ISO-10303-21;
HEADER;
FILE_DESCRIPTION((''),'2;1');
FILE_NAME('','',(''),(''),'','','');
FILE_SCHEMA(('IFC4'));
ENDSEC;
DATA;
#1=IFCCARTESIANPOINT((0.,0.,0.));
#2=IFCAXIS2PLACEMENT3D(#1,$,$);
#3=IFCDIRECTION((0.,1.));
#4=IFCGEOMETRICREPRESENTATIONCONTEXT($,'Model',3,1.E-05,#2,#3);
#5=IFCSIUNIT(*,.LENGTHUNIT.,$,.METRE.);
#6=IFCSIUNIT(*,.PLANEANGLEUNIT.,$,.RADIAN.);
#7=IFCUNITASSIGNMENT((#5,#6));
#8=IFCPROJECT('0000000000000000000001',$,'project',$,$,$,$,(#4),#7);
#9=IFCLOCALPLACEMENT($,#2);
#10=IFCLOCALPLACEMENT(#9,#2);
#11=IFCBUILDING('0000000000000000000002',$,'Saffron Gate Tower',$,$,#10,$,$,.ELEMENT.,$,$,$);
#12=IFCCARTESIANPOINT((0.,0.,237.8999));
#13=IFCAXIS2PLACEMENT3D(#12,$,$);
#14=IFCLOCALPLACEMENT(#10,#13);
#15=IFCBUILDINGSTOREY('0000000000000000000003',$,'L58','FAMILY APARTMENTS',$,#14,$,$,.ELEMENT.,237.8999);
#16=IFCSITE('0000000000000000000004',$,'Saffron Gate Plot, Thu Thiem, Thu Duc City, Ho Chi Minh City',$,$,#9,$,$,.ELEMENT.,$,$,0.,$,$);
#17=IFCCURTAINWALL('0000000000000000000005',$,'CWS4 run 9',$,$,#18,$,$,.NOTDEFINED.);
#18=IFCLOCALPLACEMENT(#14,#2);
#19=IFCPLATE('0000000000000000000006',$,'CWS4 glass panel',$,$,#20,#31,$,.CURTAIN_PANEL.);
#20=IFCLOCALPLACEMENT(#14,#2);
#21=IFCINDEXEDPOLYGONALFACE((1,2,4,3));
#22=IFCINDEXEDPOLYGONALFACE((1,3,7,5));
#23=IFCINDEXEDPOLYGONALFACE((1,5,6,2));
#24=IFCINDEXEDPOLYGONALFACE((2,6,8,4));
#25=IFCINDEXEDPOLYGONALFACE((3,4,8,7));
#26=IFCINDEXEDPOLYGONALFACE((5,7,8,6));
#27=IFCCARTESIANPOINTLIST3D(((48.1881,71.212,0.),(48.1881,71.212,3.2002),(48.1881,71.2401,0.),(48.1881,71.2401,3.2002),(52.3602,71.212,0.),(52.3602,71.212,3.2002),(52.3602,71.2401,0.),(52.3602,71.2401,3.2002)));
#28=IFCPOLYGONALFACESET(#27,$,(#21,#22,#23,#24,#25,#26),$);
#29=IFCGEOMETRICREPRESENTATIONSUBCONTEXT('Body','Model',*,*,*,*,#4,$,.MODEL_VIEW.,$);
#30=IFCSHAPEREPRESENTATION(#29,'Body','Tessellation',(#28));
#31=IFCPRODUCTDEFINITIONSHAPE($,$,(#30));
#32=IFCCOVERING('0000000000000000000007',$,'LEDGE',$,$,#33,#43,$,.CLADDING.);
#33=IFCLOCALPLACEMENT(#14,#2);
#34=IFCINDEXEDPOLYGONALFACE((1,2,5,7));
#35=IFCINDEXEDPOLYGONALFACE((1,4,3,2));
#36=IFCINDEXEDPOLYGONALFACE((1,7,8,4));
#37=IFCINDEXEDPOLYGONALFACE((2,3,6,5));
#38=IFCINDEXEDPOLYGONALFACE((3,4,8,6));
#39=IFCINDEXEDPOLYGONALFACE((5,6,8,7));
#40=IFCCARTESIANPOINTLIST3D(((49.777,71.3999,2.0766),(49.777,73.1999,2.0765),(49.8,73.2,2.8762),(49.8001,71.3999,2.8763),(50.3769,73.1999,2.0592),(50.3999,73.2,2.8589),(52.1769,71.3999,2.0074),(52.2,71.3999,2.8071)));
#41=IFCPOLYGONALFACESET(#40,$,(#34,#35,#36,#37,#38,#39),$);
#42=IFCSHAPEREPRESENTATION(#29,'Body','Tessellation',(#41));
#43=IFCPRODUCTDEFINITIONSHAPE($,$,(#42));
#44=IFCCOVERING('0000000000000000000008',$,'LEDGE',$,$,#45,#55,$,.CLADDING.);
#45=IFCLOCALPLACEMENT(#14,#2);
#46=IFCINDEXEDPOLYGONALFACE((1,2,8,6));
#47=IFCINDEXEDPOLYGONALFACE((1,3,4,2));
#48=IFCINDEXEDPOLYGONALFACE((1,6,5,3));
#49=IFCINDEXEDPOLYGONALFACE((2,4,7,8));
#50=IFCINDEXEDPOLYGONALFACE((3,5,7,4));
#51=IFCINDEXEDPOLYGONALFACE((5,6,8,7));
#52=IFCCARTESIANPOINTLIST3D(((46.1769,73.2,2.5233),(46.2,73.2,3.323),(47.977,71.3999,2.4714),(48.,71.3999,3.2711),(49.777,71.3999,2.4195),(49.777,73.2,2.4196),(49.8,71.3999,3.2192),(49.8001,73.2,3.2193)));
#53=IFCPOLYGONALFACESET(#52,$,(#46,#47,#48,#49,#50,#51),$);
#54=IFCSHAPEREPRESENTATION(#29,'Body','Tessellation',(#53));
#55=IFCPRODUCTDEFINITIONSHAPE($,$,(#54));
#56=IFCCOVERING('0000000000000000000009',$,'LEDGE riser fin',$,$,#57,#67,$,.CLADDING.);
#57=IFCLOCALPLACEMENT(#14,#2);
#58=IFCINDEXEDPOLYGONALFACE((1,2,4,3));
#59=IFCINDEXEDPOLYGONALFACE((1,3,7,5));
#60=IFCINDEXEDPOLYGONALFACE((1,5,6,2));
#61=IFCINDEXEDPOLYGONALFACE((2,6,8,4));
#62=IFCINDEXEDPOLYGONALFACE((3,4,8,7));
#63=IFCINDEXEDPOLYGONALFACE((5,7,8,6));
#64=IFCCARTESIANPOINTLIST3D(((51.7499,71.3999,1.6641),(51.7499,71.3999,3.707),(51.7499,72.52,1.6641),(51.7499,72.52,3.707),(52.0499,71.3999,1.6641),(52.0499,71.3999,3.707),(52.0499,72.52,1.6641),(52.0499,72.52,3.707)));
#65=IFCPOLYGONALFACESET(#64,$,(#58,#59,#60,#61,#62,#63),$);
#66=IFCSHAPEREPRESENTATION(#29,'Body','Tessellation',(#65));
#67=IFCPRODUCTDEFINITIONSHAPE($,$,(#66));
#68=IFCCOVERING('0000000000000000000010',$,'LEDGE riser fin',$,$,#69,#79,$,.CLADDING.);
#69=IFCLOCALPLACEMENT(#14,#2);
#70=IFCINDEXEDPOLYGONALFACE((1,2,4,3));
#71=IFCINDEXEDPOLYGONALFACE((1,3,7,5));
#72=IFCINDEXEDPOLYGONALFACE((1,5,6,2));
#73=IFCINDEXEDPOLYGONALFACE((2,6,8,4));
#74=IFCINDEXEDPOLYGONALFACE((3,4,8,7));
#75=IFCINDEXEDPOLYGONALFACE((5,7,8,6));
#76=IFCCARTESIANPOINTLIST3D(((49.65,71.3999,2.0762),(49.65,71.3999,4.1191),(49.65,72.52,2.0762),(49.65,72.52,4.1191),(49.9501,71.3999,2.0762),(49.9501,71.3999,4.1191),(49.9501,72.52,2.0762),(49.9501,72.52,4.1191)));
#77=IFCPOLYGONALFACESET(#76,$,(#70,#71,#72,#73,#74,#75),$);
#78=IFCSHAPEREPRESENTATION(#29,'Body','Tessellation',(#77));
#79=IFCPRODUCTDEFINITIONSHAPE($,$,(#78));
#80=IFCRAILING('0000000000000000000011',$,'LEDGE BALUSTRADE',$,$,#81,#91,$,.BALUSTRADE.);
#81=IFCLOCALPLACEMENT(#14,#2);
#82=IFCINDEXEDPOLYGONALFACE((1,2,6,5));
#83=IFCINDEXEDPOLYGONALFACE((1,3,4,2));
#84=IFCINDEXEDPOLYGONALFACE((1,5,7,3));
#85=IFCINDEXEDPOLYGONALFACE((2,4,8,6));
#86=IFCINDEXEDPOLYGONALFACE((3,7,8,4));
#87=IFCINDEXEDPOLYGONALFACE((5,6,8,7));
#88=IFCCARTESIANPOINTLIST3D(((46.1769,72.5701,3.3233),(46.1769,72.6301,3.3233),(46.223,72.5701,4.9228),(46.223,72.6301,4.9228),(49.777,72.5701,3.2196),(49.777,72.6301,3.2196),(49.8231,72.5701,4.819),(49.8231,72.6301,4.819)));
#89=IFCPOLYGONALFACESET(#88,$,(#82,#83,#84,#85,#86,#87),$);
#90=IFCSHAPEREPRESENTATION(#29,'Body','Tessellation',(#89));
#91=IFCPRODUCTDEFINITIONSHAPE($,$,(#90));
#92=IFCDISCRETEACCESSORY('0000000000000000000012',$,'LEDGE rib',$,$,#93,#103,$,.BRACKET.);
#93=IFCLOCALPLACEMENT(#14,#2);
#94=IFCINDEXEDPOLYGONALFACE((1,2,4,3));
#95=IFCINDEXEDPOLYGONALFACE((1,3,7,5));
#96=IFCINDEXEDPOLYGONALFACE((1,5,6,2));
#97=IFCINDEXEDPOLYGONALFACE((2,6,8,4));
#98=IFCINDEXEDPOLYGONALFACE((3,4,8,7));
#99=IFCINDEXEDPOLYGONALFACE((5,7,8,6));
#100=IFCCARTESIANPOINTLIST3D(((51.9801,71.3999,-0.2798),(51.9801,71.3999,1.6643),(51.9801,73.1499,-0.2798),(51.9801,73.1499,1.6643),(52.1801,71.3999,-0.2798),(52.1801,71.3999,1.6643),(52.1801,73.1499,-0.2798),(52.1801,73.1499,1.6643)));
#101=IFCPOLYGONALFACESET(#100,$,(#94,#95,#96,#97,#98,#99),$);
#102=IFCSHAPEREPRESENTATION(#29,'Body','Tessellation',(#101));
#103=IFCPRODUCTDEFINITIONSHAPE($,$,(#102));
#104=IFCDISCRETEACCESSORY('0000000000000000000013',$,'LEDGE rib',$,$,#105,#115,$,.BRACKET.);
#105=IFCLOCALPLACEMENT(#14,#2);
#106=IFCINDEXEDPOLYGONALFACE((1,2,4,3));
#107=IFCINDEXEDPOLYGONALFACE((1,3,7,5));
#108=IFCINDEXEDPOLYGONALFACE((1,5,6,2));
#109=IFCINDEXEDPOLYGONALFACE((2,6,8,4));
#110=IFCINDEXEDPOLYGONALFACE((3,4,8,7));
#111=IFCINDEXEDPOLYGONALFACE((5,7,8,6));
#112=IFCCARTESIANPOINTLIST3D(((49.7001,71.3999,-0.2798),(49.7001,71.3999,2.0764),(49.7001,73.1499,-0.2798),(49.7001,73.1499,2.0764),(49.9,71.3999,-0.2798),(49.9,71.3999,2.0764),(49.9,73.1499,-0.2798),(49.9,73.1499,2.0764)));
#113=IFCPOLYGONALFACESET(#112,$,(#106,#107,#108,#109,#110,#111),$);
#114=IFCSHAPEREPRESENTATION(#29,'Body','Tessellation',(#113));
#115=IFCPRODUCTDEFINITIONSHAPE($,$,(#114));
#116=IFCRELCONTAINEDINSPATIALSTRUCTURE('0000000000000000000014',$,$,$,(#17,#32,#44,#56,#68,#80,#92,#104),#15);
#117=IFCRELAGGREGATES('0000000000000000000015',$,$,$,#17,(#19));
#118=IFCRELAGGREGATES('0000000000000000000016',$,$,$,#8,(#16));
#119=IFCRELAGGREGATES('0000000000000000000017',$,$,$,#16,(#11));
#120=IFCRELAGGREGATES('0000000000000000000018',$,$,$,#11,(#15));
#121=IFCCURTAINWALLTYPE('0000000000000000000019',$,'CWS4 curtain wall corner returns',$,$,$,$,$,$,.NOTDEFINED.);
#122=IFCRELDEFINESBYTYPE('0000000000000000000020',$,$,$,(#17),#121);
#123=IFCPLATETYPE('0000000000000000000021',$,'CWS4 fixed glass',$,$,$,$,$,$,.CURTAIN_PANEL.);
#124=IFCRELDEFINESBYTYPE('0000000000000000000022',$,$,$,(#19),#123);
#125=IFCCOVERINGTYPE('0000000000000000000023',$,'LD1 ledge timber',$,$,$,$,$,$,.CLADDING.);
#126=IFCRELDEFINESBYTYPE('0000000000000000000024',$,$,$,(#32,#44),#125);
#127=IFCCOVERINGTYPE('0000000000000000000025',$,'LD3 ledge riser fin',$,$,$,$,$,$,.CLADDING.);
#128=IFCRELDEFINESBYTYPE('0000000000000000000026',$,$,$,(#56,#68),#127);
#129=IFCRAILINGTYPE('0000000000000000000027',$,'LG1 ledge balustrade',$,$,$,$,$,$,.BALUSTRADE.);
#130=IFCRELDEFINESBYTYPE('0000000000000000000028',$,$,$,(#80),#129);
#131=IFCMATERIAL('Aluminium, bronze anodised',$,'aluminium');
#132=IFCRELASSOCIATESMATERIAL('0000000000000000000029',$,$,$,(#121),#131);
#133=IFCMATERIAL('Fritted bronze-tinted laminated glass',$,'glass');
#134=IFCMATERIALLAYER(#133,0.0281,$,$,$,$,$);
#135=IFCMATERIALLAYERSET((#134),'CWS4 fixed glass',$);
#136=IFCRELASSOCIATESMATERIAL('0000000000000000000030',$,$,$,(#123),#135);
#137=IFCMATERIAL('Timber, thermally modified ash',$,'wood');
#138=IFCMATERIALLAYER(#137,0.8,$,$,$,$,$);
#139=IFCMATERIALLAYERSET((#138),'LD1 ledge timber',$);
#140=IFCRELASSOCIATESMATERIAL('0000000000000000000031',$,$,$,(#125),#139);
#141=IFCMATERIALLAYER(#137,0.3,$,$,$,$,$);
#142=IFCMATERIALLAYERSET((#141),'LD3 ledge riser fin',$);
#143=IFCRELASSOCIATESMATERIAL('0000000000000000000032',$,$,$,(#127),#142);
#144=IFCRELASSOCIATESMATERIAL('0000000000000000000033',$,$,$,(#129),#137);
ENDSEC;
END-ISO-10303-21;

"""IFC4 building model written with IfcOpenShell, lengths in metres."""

from ifc_helpers import new_model, si_unit, direction, frame, frame_2d, origin, origin_2d, place, context, subcontext, project, spatial, polyline, rectangle, outline, extrude, material, layer, layer_set, type_object, element, aggregate, save


model = new_model("IFC4")

# Units and contexts
model_context = context("Model", 3, precision=1e-05, world=origin(), true_north=direction((0.0, 1.0)))
body_context = subcontext(model_context, "Body", "Model", "MODEL_VIEW")
ifc_project = project(units=[si_unit("LENGTHUNIT", "METRE"), si_unit("PLANEANGLEUNIT", "RADIAN")], contexts=[model_context])

# Site, building, storey
site_placement = place(None, origin())
site = spatial("IfcSite", under=ifc_project, at=site_placement, Name="Saffron Gate Plot, Thu Thiem, Thu Duc City, Ho Chi Minh City", CompositionType="ELEMENT", RefElevation=0.0)
building_placement = place(site_placement, origin())
building = spatial("IfcBuilding", under=site, at=building_placement, Name="Saffron Gate Tower", CompositionType="ELEMENT")
storey_placement = place(building_placement, frame((0.0, 0.0, 237.8999)))
storey = spatial("IfcBuildingStorey", under=building, at=storey_placement, Name="L58", Description="FAMILY APARTMENTS", CompositionType="ELEMENT", Elevation=237.8999)

# Shared definitions
ifc_material_1 = material(Name="Aluminium, bronze anodised", Category="aluminium")

# Curtain wall
curtain_wall_type_1 = type_object("IfcCurtainWallType", Name="CWS4 curtain wall corner returns", PredefinedType="NOTDEFINED", material=ifc_material_1)
curtain_wall_1_placement = place(storey_placement, origin())
curtain_wall_1 = element("IfcCurtainWall", 1, at=curtain_wall_1_placement, inside=storey, type_object=curtain_wall_type_1, Name="CWS4 run 9", PredefinedType="NOTDEFINED")

# Shared definitions
ifc_material_2 = material(Name="Fritted bronze-tinted laminated glass", Category="glass")

# Plate
ifc_layer_1 = layer(ifc_material_2, 0.0281)
ifc_layer_set_1 = layer_set([ifc_layer_1], Name="CWS4 fixed glass")
plate_type_1 = type_object("IfcPlateType", Name="CWS4 fixed glass", PredefinedType="CURTAIN_PANEL", material=ifc_layer_set_1)
plate_1_placement = place(storey_placement, frame((52.3601, 71.2261, 0.0), z_axis=(0.0, 0.0, 1.0), x_axis=(-1.0, 0.0, 0.0)))
plate_1 = element("IfcPlate", 2, at=plate_1_placement, type_object=plate_type_1, Name="CWS4 glass panel", PredefinedType="CURTAIN_PANEL", context=body_context, shape_type="SweptSolid", body=[
    extrude(rectangle(XDim=4.1721, YDim=0.0281, at=frame_2d((2.0859, 0.0))), origin(), (0.0, 0.0, 1.0), 3.2002),
])
aggregate(curtain_wall_1, [plate_1])

# Coverings
ifc_material_3 = material(Name="Timber, thermally modified ash", Category="wood")
ifc_layer_2 = layer(ifc_material_3, 0.8)
ifc_layer_set_2 = layer_set([ifc_layer_2], Name="LD1 ledge timber")
covering_type_1 = type_object("IfcCoveringType", Name="LD1 ledge timber", PredefinedType="CLADDING", material=ifc_layer_set_2)
covering_1_placement = place(storey_placement, frame((52.2, 71.3999, 2.8071), z_axis=(0.028799, 0.000029, 0.999585), x_axis=(-0.999585, 0.0, 0.028799)))
element("IfcCovering", 3, at=covering_1_placement, inside=storey, type_object=covering_type_1, Name="LEDGE", PredefinedType="CLADDING", context=body_context, shape_type="SweptSolid", body=[
    extrude(outline(polyline([(0.0, 0.0), (2.4009, 0.0), (2.4009, -1.8), (1.8008, -1.8), (0.0, 0.0)])), origin(), (0.0, 0.0, -1.0), 0.8),
])
covering_2_placement = place(storey_placement, frame((49.8, 71.3999, 3.2192), z_axis=(0.028787, -0.000045, 0.999586), x_axis=(-0.999586, 0.0, 0.028787)))
element("IfcCovering", 4, at=covering_2_placement, inside=storey, type_object=covering_type_1, Name="LEDGE", PredefinedType="CLADDING", context=body_context, shape_type="SweptSolid", body=[
    extrude(outline(polyline([(0.0, 0.0), (1.8008, 0.0), (3.6016, -1.8), (0.0, -1.8), (0.0, 0.0)])), origin(), (0.0, 0.0, -1.0), 0.8),
])
ifc_layer_3 = layer(ifc_material_3, 0.3)
ifc_layer_set_3 = layer_set([ifc_layer_3], Name="LD3 ledge riser fin")
covering_type_2 = type_object("IfcCoveringType", Name="LD3 ledge riser fin", PredefinedType="CLADDING", material=ifc_layer_set_3)
for number, where, z_axis, x_axis, name in (
    (5, (51.8999, 71.96, 1.6641), (0.0, 0.0, 1.0), (-1.0, 0.0, 0.0), "LEDGE riser fin"),
    (6, (49.8, 71.96, 2.0762), (0.0, 0.0, 1.0), (-1.0, 0.0, 0.0), "LEDGE riser fin"),
):
    element("IfcCovering", number, at=place(storey_placement, frame(where, z_axis=z_axis, x_axis=x_axis)), inside=storey, type_object=covering_type_2, Name=name, PredefinedType="CLADDING", context=body_context, shape_type="SweptSolid", body=[
        extrude(rectangle(XDim=0.3, YDim=1.1201, at=origin_2d()), origin(), (0.0, 0.0, 1.0), 2.043),
    ])

# Railing
railing_type = type_object("IfcRailingType", Name="LG1 ledge balustrade", PredefinedType="BALUSTRADE", material=ifc_material_3)
railing_placement = place(storey_placement, frame((49.8, 72.6001, 3.2192)))
element("IfcRailing", 7, at=railing_placement, inside=storey, type_object=railing_type, Name="LEDGE BALUSTRADE", PredefinedType="BALUSTRADE", context=body_context, shape_type="SweptSolid", body=[
    extrude(rectangle(XDim=0.0601, YDim=1.6001, at=origin_2d()), frame((0.0, 0.0, 0.8), z_axis=(-0.999585, 0.0, 0.028809), x_axis=(0.0, -1.0, 0.0)), (0.0, 0.0, 1.0), 3.6016),
])

# Discrete accessories
discrete_accessory_1_placement = place(storey_placement, frame((52.0801, 72.2749, -0.2798), z_axis=(0.0, 0.0, 1.0), x_axis=(-1.0, 0.0, 0.0)))
element("IfcDiscreteAccessory", 8, at=discrete_accessory_1_placement, inside=storey, Name="LEDGE rib", PredefinedType="BRACKET", context=body_context, shape_type="SweptSolid", body=[
    extrude(rectangle(XDim=0.2, YDim=1.75, at=origin_2d()), origin(), (0.0, 0.0, 1.0), 1.9441),
])
discrete_accessory_2_placement = place(storey_placement, frame((49.8, 72.2749, -0.2798), z_axis=(0.0, 0.0, 1.0), x_axis=(-1.0, 0.0, 0.0)))
element("IfcDiscreteAccessory", 9, at=discrete_accessory_2_placement, inside=storey, Name="LEDGE rib", PredefinedType="BRACKET", context=body_context, shape_type="SweptSolid", body=[
    extrude(rectangle(XDim=0.2, YDim=1.75, at=origin_2d()), origin(), (0.0, 0.0, 1.0), 2.3562),
])

save(model, "model.ifc")
